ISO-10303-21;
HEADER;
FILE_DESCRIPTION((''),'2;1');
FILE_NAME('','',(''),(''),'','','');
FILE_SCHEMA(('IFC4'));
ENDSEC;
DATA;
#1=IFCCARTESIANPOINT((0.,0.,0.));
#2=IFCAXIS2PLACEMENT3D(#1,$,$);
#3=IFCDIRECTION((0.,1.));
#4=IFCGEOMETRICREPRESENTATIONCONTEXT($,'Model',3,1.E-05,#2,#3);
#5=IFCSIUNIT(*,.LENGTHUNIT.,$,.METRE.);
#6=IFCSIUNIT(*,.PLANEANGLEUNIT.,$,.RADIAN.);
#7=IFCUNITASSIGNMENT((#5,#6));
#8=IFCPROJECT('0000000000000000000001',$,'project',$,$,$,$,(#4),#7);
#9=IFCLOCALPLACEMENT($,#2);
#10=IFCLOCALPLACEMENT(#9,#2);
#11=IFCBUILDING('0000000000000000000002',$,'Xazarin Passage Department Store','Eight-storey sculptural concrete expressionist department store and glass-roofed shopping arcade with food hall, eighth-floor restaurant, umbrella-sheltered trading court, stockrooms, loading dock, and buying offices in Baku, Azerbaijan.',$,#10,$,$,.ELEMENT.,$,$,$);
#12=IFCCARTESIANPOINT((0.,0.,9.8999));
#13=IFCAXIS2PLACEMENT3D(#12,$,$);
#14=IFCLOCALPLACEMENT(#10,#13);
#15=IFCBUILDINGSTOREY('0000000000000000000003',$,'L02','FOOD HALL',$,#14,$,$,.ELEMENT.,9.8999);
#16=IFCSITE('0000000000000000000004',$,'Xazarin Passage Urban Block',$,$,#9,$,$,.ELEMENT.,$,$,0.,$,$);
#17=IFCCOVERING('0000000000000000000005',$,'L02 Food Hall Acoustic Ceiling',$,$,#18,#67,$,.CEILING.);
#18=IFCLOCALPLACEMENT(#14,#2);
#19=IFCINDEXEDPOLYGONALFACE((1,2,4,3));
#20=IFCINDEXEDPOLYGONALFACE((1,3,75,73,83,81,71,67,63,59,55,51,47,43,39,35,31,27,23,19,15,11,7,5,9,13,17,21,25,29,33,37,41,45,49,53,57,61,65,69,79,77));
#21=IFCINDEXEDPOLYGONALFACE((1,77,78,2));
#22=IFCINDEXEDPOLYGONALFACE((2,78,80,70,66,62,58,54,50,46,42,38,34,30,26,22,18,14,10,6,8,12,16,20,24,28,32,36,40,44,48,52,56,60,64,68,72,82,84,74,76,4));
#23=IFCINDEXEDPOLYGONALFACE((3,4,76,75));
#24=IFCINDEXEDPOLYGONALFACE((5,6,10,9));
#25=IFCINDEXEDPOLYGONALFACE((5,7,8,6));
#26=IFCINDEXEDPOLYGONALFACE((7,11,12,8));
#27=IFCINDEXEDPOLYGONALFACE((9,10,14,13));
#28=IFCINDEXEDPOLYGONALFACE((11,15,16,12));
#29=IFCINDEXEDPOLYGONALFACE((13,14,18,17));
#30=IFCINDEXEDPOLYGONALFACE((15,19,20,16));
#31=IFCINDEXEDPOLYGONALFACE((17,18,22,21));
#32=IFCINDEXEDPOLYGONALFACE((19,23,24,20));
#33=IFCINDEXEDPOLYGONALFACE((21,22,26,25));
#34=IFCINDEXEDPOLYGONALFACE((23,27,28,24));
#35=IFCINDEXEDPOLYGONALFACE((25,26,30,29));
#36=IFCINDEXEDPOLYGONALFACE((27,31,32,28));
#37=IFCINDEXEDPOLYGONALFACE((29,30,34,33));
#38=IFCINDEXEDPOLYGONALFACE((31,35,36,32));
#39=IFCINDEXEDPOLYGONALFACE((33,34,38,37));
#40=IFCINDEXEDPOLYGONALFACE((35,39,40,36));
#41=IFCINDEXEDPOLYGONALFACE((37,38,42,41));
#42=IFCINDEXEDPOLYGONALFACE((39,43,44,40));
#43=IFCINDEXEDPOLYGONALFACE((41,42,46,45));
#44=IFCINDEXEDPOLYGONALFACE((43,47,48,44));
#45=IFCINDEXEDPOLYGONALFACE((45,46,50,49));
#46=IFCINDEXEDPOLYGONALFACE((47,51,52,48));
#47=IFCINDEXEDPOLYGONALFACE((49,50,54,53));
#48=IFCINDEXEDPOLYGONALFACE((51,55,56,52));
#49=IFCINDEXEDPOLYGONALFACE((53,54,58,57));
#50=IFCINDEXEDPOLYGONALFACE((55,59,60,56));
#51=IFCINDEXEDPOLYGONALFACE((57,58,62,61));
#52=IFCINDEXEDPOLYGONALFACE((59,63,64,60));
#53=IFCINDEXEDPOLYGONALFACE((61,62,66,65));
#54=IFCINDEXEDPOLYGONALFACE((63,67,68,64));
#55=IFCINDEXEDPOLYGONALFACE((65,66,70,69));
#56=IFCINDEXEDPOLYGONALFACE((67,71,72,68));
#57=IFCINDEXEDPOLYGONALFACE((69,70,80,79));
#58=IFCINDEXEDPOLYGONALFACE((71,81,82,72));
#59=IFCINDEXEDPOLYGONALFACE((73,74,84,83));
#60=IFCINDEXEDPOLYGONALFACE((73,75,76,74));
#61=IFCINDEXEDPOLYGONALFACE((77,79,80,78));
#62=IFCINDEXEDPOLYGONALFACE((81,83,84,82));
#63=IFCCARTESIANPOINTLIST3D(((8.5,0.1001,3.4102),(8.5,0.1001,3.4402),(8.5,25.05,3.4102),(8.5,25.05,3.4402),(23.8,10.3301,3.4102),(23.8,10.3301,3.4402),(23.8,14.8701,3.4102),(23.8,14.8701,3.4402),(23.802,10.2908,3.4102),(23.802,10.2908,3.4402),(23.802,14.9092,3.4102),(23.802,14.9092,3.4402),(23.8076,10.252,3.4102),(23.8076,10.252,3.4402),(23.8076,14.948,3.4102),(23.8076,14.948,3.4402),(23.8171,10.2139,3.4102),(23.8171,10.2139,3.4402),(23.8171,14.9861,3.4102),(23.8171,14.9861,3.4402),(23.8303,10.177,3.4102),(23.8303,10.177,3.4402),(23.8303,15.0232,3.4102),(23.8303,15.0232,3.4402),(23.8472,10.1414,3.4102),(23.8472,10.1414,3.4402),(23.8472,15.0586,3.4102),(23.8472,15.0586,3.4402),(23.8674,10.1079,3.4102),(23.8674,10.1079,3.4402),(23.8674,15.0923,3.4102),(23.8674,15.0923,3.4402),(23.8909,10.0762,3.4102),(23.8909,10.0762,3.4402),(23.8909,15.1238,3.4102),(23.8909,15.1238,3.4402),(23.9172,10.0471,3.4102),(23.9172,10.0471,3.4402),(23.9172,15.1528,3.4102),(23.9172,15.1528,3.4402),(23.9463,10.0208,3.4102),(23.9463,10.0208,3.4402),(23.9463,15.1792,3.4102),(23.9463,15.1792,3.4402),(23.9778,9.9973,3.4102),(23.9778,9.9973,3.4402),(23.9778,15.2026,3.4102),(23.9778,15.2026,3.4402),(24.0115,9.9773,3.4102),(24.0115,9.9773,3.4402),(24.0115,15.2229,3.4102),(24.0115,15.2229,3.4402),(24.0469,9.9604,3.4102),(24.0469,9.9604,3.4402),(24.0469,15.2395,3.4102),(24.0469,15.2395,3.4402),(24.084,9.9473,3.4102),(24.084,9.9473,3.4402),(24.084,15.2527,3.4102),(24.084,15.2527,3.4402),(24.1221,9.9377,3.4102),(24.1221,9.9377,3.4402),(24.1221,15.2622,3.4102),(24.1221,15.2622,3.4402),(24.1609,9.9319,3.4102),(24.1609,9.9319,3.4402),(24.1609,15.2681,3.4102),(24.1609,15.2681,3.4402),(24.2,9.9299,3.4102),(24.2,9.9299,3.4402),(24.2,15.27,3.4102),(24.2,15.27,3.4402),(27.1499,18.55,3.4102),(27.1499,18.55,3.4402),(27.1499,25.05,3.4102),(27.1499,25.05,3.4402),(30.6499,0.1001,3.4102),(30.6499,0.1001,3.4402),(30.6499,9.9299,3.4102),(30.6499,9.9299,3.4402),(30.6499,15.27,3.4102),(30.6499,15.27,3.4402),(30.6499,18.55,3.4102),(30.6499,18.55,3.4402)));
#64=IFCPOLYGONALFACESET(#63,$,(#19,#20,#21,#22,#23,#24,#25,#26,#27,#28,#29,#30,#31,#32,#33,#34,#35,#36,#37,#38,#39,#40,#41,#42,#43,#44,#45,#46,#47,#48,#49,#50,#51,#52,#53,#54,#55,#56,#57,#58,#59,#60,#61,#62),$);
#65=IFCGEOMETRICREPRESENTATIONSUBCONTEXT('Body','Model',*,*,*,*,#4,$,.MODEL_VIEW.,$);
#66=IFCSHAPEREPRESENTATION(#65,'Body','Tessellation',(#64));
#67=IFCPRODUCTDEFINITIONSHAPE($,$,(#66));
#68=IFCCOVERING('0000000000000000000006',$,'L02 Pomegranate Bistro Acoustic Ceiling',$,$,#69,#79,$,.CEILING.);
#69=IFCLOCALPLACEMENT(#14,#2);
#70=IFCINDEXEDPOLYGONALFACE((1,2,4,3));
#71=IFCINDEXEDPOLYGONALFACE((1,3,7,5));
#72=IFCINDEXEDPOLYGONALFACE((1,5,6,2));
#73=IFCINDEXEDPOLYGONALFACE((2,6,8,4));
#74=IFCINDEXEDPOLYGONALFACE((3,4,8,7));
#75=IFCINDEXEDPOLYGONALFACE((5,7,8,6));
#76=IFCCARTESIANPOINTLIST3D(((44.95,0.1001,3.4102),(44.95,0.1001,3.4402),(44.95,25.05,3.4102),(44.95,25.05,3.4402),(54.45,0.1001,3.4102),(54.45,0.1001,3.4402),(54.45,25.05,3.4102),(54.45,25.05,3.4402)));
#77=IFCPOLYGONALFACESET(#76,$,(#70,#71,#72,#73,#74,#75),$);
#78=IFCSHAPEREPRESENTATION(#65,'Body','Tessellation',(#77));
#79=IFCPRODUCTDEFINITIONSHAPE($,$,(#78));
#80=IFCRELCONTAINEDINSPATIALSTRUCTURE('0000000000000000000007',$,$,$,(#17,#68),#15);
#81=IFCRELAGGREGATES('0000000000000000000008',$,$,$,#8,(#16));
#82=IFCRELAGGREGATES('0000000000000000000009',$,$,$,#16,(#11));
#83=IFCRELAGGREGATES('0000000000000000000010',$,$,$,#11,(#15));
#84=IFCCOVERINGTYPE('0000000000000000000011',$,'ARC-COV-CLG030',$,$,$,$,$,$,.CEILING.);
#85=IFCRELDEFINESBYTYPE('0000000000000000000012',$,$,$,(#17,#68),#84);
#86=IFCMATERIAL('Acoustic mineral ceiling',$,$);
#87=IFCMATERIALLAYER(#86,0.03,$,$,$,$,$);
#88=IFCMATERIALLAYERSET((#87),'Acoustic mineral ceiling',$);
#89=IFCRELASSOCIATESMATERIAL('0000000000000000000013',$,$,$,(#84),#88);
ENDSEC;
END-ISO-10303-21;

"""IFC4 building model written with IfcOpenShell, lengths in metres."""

from ifc_helpers import new_model, si_unit, direction, frame, origin, place, context, subcontext, project, spatial, polyline, outline, extrude, material, layer, layer_set, type_object, element, save


model = new_model("IFC4")

# Units and contexts
model_context = context("Model", 3, precision=1e-05, world=origin(), true_north=direction((0.0, 1.0)))
body_context = subcontext(model_context, "Body", "Model", "MODEL_VIEW")
ifc_project = project(units=[si_unit("LENGTHUNIT", "METRE"), si_unit("PLANEANGLEUNIT", "RADIAN")], contexts=[model_context])

# Site, building, storey
site_placement = place(None, origin())
site = spatial("IfcSite", under=ifc_project, at=site_placement, Name="Xazarin Passage Urban Block", CompositionType="ELEMENT", RefElevation=0.0)
building_placement = place(site_placement, origin())
building = spatial("IfcBuilding", under=site, at=building_placement, Name="Xazarin Passage Department Store", Description="Eight-storey sculptural concrete expressionist department store and glass-roofed shopping arcade with food hall, eighth-floor restaurant, umbrella-sheltered trading court, stockrooms, loading dock, and buying offices in Baku, Azerbaijan.", CompositionType="ELEMENT")
storey_placement = place(building_placement, frame((0.0, 0.0, 9.8999)))
storey = spatial("IfcBuildingStorey", under=building, at=storey_placement, Name="L02", Description="FOOD HALL", CompositionType="ELEMENT", Elevation=9.8999)

# Coverings
ifc_material_1 = material(Name="Acoustic mineral ceiling")
ifc_layer_1 = layer(ifc_material_1, 0.03)
ifc_layer_set_1 = layer_set([ifc_layer_1], Name="Acoustic mineral ceiling")
covering_type_1 = type_object("IfcCoveringType", Name="ARC-COV-CLG030", PredefinedType="CEILING", material=ifc_layer_set_1)
covering_1_placement = place(storey_placement, frame((0.0, 0.0, 3.4102)))
element("IfcCovering", 1, at=covering_1_placement, inside=storey, type_object=covering_type_1, Name="L02 Food Hall Acoustic Ceiling", PredefinedType="CEILING", context=body_context, shape_type="SweptSolid", body=[
    extrude(outline(polyline([(30.6499, 9.9299), (24.2, 9.9299), (24.1609, 9.9319), (24.1221, 9.9377), (24.084, 9.9473), (24.0469, 9.9604), (24.0115, 9.9773), (23.9778, 9.9973), (23.9463, 10.0208), (23.9172, 10.0471), (23.8909, 10.0762), (23.8674, 10.1079), (23.8472, 10.1414), (23.8303, 10.177), (23.8171, 10.2139), (23.8076, 10.252), (23.802, 10.2908), (23.8, 10.3301), (23.8, 14.8701), (23.802, 14.9092), (23.8076, 14.948), (23.8171, 14.9861), (23.8303, 15.0232), (23.8472, 15.0586), (23.8674, 15.0923), (23.8909, 15.1238), (23.9172, 15.1528), (23.9463, 15.1792), (23.9778, 15.2026), (24.0115, 15.2229), (24.0469, 15.2395), (24.084, 15.2527), (24.1221, 15.2622), (24.1609, 15.2681), (24.2, 15.27), (30.6499, 15.27), (30.6499, 18.55), (27.1499, 18.55), (27.1499, 25.05), (8.5, 25.05), (8.5, 0.1001), (30.6499, 0.1001), (30.6499, 9.9299)])), origin(), (0.0, 0.0, 1.0), 0.03),
])
covering_2_placement = place(storey_placement, frame((0.0, 0.0, 3.4102)))
element("IfcCovering", 2, at=covering_2_placement, inside=storey, type_object=covering_type_1, Name="L02 Pomegranate Bistro Acoustic Ceiling", PredefinedType="CEILING", context=body_context, shape_type="SweptSolid", body=[
    extrude(outline(polyline([(44.95, 0.1001), (54.45, 0.1001), (54.45, 25.05), (44.95, 25.05), (44.95, 0.1001)])), origin(), (0.0, 0.0, 1.0), 0.03),
])

save(model, "model.ifc")
